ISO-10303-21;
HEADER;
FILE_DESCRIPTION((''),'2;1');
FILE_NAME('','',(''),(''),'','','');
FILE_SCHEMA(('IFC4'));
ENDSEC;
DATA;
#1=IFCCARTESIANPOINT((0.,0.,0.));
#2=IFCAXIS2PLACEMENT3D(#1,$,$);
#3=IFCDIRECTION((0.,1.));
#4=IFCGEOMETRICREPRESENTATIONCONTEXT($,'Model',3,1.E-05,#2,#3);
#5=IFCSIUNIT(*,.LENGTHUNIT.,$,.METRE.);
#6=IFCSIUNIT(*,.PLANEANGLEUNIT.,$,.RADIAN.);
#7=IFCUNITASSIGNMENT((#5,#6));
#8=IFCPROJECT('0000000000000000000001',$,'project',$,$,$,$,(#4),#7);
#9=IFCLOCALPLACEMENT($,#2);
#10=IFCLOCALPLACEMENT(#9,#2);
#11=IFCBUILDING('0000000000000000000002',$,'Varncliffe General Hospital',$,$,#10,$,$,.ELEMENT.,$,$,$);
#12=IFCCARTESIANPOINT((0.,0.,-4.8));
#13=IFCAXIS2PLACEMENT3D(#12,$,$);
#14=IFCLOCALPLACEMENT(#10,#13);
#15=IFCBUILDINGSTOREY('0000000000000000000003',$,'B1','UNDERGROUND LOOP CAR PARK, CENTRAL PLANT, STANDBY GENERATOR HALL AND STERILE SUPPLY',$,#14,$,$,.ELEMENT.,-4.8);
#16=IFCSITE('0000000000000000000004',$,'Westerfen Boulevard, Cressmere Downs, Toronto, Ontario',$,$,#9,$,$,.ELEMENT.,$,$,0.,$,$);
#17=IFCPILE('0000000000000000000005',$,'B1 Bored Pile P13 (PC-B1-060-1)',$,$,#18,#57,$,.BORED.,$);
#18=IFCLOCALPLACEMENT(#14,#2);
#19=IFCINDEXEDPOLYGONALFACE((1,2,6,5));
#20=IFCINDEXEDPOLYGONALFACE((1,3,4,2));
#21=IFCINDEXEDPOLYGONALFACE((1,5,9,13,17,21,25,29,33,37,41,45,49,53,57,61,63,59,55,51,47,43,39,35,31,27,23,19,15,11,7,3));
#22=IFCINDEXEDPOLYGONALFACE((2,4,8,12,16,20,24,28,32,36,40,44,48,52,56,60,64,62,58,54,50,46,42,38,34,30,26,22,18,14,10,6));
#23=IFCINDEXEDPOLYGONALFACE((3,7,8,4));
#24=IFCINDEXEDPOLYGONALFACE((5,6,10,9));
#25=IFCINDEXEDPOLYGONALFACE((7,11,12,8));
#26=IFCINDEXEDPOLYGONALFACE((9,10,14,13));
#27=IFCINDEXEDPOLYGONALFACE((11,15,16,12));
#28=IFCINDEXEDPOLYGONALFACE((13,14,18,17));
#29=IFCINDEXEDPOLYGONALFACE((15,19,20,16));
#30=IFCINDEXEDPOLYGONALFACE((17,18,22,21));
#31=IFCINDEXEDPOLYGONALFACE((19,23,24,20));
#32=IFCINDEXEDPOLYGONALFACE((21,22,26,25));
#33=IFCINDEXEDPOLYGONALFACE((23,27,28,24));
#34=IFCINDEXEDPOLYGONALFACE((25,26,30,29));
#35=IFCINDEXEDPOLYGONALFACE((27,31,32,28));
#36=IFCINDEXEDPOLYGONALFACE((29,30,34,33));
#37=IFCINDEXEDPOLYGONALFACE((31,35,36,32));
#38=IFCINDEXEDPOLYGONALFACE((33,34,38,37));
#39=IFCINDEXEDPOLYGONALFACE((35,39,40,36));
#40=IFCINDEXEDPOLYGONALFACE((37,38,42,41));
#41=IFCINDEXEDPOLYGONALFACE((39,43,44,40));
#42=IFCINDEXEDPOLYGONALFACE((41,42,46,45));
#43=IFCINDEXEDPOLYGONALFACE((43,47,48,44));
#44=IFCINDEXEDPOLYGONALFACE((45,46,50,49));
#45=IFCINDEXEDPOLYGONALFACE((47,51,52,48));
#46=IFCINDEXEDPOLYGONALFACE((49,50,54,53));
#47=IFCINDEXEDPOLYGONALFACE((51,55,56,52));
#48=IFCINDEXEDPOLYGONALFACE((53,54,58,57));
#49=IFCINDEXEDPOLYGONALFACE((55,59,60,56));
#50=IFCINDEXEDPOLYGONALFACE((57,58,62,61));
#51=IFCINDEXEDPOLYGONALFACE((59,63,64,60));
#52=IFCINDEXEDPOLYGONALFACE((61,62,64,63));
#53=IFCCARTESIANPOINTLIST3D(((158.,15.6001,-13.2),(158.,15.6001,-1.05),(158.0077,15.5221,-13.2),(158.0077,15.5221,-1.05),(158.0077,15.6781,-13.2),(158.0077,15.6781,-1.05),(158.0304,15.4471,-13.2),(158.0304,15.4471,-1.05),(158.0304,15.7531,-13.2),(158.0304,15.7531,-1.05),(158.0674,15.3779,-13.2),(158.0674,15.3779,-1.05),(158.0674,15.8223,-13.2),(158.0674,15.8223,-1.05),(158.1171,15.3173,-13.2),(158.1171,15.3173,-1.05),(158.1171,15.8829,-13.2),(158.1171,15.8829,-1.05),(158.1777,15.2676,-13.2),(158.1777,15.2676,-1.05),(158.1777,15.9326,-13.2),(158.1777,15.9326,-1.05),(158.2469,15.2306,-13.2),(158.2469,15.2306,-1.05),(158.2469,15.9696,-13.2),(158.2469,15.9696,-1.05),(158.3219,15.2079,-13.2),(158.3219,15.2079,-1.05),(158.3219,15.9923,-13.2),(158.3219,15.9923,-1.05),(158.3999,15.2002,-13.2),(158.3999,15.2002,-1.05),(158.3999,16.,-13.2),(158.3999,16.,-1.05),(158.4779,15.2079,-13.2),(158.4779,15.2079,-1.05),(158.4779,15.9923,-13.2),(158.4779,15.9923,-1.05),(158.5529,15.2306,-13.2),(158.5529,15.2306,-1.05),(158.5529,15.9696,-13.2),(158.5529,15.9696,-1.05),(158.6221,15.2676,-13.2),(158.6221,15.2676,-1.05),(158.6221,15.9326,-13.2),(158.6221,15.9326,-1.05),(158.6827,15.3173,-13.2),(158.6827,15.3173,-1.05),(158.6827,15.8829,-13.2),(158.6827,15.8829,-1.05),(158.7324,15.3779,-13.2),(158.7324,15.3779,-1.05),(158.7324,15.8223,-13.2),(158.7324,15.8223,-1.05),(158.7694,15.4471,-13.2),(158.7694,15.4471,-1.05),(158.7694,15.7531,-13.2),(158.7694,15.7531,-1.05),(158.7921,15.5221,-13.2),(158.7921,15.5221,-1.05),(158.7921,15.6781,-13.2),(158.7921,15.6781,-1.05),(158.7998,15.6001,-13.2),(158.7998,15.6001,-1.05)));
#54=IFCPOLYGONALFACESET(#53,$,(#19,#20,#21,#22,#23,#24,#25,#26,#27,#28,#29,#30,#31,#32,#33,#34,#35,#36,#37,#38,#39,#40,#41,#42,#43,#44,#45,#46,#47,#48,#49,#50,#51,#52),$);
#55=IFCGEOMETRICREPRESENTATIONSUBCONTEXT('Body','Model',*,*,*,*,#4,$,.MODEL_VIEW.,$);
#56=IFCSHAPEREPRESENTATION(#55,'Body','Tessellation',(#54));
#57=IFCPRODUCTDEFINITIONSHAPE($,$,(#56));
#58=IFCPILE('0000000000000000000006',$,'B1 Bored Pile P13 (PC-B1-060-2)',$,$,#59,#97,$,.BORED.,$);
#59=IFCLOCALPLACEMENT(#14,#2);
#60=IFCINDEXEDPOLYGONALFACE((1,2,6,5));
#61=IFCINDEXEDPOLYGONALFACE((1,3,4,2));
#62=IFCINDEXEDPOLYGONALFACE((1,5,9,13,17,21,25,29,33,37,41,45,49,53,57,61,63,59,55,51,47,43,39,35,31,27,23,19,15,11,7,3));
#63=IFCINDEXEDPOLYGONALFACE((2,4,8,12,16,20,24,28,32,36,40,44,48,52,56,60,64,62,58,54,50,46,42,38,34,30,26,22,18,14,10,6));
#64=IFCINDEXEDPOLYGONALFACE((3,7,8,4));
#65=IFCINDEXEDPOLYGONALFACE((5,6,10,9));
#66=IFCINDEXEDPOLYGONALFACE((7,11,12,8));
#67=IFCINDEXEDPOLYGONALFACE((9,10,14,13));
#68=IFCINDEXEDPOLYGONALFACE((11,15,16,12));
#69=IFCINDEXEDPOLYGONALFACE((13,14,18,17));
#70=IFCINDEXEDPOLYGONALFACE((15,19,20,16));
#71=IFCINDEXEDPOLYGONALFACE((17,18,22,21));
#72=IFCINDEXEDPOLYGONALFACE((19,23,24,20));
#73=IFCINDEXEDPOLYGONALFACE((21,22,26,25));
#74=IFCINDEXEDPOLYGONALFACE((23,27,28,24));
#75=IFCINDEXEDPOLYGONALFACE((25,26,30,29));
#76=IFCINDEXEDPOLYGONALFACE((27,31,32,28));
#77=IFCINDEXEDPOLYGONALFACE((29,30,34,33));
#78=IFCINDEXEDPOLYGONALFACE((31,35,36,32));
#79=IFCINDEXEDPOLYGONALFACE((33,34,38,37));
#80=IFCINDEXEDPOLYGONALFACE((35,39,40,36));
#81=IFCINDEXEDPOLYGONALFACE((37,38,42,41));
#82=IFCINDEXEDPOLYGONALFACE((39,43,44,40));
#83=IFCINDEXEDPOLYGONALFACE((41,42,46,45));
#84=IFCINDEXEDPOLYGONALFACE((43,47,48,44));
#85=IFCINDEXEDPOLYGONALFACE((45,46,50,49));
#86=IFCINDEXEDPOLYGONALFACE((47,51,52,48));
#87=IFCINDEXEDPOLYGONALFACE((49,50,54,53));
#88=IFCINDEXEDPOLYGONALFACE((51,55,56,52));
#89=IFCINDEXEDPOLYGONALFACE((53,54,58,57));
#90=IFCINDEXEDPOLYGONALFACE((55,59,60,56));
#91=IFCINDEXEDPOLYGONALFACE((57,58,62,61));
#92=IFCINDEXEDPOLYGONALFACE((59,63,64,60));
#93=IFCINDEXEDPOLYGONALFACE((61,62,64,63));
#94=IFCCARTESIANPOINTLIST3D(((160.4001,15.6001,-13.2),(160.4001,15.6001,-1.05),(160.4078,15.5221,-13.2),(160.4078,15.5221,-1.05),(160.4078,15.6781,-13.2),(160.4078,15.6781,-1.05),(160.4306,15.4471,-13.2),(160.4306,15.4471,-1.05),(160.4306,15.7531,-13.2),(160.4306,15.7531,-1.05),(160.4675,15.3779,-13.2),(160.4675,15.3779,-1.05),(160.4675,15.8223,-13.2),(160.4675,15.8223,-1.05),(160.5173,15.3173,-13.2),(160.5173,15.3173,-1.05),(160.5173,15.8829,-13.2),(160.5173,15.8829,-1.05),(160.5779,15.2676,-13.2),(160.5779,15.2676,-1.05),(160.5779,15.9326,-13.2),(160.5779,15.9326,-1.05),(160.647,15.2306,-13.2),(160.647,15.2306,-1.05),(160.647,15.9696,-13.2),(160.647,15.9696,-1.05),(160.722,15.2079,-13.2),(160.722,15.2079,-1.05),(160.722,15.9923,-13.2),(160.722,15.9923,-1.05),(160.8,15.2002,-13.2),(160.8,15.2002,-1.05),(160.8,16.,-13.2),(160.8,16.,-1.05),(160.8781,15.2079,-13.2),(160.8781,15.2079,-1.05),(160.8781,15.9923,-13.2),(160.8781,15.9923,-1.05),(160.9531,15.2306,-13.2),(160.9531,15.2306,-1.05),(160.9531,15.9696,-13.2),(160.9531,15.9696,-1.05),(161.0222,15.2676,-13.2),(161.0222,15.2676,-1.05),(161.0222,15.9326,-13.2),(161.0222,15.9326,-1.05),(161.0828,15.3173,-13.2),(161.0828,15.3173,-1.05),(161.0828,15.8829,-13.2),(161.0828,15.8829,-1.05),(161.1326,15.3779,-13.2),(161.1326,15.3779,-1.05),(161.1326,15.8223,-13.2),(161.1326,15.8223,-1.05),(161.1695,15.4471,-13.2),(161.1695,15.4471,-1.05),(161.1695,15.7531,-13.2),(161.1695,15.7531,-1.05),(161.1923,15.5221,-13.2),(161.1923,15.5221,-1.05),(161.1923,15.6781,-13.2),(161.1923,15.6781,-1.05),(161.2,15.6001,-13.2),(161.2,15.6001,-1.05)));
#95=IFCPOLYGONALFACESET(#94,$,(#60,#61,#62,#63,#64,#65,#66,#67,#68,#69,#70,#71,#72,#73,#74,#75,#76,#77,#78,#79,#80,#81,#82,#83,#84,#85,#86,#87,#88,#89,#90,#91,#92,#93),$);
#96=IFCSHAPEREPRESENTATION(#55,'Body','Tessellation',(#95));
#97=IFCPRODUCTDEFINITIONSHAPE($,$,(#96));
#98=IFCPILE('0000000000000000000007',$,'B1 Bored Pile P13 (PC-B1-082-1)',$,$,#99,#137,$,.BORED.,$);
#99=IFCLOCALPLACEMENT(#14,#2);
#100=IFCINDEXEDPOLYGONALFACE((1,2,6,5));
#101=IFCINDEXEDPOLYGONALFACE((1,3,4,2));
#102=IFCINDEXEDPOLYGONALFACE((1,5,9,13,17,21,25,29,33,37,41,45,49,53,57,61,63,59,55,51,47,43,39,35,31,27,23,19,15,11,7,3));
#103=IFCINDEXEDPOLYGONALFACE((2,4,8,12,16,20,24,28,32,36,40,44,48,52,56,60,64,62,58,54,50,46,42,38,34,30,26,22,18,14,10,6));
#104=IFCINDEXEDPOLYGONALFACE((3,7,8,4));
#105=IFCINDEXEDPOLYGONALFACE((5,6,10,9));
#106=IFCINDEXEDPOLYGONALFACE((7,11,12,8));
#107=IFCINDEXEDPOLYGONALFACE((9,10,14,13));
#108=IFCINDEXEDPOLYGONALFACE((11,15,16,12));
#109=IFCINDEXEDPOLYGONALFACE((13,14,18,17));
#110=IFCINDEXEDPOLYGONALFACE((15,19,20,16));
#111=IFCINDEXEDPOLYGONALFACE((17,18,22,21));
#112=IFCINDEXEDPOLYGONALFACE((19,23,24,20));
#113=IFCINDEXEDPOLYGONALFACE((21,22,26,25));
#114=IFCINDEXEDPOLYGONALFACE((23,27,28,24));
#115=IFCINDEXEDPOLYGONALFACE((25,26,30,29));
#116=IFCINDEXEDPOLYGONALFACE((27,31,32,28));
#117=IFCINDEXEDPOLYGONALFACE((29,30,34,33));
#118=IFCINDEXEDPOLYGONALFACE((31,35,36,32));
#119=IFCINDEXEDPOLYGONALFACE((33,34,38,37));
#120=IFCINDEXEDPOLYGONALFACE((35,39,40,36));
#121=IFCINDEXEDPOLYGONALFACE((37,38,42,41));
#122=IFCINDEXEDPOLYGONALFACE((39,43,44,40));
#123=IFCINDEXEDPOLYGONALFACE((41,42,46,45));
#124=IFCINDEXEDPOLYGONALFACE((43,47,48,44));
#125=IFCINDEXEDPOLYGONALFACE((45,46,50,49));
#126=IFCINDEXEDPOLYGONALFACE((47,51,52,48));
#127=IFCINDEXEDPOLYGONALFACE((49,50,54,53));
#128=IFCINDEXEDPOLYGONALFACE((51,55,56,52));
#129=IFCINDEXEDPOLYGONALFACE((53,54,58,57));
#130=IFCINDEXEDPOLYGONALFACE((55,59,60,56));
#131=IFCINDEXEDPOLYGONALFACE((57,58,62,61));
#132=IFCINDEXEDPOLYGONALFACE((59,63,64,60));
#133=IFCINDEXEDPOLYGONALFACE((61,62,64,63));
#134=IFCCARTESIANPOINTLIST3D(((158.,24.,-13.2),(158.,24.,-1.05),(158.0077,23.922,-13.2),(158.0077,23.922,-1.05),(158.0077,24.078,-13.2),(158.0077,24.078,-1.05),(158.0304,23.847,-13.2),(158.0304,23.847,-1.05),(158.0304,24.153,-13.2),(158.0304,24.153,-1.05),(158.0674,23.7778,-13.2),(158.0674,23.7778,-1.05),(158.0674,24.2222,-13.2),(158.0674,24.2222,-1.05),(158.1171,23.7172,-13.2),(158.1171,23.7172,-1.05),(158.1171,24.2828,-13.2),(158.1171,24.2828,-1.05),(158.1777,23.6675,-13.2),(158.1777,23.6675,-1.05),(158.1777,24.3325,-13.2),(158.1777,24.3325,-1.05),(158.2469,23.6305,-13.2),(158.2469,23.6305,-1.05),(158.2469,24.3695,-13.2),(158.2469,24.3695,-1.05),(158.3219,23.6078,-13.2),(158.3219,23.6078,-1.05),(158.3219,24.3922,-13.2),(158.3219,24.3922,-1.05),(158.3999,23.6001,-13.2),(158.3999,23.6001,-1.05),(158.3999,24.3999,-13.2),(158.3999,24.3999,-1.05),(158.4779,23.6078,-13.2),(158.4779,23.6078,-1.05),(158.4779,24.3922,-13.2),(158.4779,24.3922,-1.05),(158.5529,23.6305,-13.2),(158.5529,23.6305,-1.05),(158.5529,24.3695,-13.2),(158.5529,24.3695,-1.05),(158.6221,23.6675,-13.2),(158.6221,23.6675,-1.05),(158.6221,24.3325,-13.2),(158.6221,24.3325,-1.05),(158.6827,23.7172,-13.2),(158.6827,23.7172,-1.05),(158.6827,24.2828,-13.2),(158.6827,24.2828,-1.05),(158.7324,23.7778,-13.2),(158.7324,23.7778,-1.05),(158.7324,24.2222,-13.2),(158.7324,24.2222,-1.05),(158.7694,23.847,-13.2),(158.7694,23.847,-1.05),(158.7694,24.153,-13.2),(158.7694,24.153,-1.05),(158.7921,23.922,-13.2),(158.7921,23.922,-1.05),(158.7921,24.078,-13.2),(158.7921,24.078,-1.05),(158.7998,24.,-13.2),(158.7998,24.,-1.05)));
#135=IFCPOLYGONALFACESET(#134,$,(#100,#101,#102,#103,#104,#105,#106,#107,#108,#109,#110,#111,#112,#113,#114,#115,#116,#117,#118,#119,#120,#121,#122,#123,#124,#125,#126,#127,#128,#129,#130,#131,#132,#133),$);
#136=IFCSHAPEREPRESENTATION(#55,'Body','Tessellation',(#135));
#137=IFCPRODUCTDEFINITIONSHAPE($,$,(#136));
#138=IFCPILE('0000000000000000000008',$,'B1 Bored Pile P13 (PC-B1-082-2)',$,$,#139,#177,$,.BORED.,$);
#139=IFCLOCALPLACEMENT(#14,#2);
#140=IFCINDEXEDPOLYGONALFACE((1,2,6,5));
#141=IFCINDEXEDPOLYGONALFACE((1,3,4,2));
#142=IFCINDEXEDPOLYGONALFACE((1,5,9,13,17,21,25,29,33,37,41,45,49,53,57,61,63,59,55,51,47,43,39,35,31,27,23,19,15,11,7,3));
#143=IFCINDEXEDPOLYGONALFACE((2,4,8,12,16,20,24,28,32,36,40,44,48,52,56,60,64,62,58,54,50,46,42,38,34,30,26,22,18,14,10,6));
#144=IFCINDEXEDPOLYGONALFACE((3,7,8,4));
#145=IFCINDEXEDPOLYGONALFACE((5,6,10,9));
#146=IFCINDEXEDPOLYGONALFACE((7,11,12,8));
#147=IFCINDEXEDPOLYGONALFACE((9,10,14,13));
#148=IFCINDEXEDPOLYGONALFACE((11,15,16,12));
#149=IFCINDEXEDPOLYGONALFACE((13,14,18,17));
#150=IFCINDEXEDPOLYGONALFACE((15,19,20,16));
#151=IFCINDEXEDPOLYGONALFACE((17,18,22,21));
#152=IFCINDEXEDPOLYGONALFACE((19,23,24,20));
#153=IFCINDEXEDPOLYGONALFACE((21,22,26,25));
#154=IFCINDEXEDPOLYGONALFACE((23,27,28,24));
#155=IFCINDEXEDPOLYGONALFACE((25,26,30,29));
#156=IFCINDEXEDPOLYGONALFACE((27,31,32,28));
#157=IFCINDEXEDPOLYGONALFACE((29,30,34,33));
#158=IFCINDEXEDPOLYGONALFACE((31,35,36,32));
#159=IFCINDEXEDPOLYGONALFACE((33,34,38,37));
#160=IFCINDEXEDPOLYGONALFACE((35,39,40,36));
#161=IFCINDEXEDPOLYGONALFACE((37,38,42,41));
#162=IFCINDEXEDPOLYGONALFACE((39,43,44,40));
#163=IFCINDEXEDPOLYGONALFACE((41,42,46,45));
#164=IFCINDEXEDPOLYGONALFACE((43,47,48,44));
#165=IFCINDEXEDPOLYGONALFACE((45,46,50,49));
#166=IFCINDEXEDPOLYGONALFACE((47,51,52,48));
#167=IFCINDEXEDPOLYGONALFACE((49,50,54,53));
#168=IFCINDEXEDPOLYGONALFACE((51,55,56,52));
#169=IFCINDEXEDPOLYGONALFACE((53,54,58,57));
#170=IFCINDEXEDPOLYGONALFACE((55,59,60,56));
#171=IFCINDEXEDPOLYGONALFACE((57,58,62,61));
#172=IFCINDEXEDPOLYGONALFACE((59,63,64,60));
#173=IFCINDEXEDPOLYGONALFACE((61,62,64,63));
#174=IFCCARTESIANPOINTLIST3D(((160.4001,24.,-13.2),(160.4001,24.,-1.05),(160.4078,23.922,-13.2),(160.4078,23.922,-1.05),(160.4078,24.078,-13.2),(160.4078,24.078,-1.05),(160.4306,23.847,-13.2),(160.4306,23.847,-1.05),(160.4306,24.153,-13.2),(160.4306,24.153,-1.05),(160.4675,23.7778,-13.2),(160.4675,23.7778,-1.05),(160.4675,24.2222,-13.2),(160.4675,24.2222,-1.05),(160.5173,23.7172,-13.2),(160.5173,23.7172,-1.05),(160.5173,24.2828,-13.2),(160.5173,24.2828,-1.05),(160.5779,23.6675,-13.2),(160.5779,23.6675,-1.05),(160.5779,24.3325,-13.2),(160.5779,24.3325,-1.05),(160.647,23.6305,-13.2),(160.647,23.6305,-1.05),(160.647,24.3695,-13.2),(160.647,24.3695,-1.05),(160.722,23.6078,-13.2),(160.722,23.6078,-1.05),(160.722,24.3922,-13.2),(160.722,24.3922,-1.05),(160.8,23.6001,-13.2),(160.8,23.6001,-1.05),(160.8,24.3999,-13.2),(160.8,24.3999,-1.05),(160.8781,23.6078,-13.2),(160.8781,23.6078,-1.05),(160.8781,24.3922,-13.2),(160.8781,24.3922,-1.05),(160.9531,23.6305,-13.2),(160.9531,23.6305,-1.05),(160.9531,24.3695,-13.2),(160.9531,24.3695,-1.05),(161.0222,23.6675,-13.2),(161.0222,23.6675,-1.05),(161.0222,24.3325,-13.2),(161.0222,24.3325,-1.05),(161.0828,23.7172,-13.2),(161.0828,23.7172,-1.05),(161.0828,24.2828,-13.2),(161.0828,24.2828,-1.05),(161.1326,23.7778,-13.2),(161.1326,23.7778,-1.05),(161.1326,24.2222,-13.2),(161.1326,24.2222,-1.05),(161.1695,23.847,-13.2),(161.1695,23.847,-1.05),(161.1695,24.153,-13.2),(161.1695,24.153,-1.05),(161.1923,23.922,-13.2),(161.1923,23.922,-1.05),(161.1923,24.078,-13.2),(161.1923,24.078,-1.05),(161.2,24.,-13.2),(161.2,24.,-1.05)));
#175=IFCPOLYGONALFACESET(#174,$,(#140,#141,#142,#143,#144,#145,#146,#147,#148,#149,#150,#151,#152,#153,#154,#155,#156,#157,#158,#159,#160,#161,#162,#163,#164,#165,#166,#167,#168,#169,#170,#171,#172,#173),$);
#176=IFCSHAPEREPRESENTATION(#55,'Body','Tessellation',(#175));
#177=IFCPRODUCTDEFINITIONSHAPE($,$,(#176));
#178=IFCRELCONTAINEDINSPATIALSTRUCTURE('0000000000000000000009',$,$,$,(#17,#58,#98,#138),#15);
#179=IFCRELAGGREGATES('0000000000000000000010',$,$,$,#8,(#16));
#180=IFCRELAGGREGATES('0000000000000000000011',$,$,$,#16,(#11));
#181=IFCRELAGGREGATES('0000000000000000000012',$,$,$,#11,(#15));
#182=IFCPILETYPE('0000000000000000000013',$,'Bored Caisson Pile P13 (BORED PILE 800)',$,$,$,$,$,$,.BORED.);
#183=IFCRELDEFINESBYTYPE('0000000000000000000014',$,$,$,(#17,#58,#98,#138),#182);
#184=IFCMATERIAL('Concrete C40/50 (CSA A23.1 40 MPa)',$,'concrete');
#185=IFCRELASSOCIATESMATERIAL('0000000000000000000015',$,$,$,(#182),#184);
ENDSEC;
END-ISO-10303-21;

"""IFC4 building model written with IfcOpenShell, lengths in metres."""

from ifc_helpers import new_model, si_unit, direction, frame, origin, origin_2d, place, context, subcontext, project, spatial, circle, extrude, material, material_profile, profile_set, type_object, element, save


model = new_model("IFC4")

# Units and contexts
model_context = context("Model", 3, precision=1e-05, world=origin(), true_north=direction((0.0, 1.0)))
body_context = subcontext(model_context, "Body", "Model", "MODEL_VIEW")
ifc_project = project(units=[si_unit("LENGTHUNIT", "METRE"), si_unit("PLANEANGLEUNIT", "RADIAN")], contexts=[model_context])

# Site, building, storey
site_placement = place(None, origin())
site = spatial("IfcSite", under=ifc_project, at=site_placement, Name="Westerfen Boulevard, Cressmere Downs, Toronto, Ontario", CompositionType="ELEMENT", RefElevation=0.0)
building_placement = place(site_placement, origin())
building = spatial("IfcBuilding", under=site, at=building_placement, Name="Varncliffe General Hospital", CompositionType="ELEMENT")
storey_placement = place(building_placement, frame((0.0, 0.0, -4.8)))
storey = spatial("IfcBuildingStorey", under=building, at=storey_placement, Name="B1", Description="UNDERGROUND LOOP CAR PARK, CENTRAL PLANT, STANDBY GENERATOR HALL AND STERILE SUPPLY", CompositionType="ELEMENT", Elevation=-4.8)

# Piles
ifc_material_1 = material(Name="Concrete C40/50 (CSA A23.1 40 MPa)", Category="concrete")
ifc_material_profile_1 = material_profile(ifc_material_1, circle(Radius=0.3999, at=origin_2d()), Name="BORED PILE 800")
ifc_profile_set_1 = profile_set([ifc_material_profile_1], Name="Concrete C40/50 (CSA A23.1 40 MPa)")
pile_type_1 = type_object("IfcPileType", Name="Bored Caisson Pile P13 (BORED PILE 800)", PredefinedType="BORED", material=ifc_profile_set_1)
for number, where, z_axis, x_axis, name in (
    (1, (158.3999, 15.6001, -1.05), (0.0, 0.0, -1.0), (1.0, 0.0, 0.0), "B1 Bored Pile P13 (PC-B1-060-1)"),
    (2, (160.8, 15.6001, -1.05), (0.0, 0.0, -1.0), (1.0, 0.0, 0.0), "B1 Bored Pile P13 (PC-B1-060-2)"),
    (3, (158.3999, 24.0, -1.05), (0.0, 0.0, -1.0), (1.0, 0.0, 0.0), "B1 Bored Pile P13 (PC-B1-082-1)"),
    (4, (160.8, 24.0, -1.05), (0.0, 0.0, -1.0), (1.0, 0.0, 0.0), "B1 Bored Pile P13 (PC-B1-082-2)"),
):
    element("IfcPile", number, at=place(storey_placement, frame(where, z_axis=z_axis, x_axis=x_axis)), inside=storey, type_object=pile_type_1, Name=name, PredefinedType="BORED", context=body_context, shape_type="SweptSolid", body=[
        extrude(circle(Radius=0.3999, at=origin_2d()), origin(), (0.0, 0.0, 1.0), 12.1499),
    ])

save(model, "model.ifc")
